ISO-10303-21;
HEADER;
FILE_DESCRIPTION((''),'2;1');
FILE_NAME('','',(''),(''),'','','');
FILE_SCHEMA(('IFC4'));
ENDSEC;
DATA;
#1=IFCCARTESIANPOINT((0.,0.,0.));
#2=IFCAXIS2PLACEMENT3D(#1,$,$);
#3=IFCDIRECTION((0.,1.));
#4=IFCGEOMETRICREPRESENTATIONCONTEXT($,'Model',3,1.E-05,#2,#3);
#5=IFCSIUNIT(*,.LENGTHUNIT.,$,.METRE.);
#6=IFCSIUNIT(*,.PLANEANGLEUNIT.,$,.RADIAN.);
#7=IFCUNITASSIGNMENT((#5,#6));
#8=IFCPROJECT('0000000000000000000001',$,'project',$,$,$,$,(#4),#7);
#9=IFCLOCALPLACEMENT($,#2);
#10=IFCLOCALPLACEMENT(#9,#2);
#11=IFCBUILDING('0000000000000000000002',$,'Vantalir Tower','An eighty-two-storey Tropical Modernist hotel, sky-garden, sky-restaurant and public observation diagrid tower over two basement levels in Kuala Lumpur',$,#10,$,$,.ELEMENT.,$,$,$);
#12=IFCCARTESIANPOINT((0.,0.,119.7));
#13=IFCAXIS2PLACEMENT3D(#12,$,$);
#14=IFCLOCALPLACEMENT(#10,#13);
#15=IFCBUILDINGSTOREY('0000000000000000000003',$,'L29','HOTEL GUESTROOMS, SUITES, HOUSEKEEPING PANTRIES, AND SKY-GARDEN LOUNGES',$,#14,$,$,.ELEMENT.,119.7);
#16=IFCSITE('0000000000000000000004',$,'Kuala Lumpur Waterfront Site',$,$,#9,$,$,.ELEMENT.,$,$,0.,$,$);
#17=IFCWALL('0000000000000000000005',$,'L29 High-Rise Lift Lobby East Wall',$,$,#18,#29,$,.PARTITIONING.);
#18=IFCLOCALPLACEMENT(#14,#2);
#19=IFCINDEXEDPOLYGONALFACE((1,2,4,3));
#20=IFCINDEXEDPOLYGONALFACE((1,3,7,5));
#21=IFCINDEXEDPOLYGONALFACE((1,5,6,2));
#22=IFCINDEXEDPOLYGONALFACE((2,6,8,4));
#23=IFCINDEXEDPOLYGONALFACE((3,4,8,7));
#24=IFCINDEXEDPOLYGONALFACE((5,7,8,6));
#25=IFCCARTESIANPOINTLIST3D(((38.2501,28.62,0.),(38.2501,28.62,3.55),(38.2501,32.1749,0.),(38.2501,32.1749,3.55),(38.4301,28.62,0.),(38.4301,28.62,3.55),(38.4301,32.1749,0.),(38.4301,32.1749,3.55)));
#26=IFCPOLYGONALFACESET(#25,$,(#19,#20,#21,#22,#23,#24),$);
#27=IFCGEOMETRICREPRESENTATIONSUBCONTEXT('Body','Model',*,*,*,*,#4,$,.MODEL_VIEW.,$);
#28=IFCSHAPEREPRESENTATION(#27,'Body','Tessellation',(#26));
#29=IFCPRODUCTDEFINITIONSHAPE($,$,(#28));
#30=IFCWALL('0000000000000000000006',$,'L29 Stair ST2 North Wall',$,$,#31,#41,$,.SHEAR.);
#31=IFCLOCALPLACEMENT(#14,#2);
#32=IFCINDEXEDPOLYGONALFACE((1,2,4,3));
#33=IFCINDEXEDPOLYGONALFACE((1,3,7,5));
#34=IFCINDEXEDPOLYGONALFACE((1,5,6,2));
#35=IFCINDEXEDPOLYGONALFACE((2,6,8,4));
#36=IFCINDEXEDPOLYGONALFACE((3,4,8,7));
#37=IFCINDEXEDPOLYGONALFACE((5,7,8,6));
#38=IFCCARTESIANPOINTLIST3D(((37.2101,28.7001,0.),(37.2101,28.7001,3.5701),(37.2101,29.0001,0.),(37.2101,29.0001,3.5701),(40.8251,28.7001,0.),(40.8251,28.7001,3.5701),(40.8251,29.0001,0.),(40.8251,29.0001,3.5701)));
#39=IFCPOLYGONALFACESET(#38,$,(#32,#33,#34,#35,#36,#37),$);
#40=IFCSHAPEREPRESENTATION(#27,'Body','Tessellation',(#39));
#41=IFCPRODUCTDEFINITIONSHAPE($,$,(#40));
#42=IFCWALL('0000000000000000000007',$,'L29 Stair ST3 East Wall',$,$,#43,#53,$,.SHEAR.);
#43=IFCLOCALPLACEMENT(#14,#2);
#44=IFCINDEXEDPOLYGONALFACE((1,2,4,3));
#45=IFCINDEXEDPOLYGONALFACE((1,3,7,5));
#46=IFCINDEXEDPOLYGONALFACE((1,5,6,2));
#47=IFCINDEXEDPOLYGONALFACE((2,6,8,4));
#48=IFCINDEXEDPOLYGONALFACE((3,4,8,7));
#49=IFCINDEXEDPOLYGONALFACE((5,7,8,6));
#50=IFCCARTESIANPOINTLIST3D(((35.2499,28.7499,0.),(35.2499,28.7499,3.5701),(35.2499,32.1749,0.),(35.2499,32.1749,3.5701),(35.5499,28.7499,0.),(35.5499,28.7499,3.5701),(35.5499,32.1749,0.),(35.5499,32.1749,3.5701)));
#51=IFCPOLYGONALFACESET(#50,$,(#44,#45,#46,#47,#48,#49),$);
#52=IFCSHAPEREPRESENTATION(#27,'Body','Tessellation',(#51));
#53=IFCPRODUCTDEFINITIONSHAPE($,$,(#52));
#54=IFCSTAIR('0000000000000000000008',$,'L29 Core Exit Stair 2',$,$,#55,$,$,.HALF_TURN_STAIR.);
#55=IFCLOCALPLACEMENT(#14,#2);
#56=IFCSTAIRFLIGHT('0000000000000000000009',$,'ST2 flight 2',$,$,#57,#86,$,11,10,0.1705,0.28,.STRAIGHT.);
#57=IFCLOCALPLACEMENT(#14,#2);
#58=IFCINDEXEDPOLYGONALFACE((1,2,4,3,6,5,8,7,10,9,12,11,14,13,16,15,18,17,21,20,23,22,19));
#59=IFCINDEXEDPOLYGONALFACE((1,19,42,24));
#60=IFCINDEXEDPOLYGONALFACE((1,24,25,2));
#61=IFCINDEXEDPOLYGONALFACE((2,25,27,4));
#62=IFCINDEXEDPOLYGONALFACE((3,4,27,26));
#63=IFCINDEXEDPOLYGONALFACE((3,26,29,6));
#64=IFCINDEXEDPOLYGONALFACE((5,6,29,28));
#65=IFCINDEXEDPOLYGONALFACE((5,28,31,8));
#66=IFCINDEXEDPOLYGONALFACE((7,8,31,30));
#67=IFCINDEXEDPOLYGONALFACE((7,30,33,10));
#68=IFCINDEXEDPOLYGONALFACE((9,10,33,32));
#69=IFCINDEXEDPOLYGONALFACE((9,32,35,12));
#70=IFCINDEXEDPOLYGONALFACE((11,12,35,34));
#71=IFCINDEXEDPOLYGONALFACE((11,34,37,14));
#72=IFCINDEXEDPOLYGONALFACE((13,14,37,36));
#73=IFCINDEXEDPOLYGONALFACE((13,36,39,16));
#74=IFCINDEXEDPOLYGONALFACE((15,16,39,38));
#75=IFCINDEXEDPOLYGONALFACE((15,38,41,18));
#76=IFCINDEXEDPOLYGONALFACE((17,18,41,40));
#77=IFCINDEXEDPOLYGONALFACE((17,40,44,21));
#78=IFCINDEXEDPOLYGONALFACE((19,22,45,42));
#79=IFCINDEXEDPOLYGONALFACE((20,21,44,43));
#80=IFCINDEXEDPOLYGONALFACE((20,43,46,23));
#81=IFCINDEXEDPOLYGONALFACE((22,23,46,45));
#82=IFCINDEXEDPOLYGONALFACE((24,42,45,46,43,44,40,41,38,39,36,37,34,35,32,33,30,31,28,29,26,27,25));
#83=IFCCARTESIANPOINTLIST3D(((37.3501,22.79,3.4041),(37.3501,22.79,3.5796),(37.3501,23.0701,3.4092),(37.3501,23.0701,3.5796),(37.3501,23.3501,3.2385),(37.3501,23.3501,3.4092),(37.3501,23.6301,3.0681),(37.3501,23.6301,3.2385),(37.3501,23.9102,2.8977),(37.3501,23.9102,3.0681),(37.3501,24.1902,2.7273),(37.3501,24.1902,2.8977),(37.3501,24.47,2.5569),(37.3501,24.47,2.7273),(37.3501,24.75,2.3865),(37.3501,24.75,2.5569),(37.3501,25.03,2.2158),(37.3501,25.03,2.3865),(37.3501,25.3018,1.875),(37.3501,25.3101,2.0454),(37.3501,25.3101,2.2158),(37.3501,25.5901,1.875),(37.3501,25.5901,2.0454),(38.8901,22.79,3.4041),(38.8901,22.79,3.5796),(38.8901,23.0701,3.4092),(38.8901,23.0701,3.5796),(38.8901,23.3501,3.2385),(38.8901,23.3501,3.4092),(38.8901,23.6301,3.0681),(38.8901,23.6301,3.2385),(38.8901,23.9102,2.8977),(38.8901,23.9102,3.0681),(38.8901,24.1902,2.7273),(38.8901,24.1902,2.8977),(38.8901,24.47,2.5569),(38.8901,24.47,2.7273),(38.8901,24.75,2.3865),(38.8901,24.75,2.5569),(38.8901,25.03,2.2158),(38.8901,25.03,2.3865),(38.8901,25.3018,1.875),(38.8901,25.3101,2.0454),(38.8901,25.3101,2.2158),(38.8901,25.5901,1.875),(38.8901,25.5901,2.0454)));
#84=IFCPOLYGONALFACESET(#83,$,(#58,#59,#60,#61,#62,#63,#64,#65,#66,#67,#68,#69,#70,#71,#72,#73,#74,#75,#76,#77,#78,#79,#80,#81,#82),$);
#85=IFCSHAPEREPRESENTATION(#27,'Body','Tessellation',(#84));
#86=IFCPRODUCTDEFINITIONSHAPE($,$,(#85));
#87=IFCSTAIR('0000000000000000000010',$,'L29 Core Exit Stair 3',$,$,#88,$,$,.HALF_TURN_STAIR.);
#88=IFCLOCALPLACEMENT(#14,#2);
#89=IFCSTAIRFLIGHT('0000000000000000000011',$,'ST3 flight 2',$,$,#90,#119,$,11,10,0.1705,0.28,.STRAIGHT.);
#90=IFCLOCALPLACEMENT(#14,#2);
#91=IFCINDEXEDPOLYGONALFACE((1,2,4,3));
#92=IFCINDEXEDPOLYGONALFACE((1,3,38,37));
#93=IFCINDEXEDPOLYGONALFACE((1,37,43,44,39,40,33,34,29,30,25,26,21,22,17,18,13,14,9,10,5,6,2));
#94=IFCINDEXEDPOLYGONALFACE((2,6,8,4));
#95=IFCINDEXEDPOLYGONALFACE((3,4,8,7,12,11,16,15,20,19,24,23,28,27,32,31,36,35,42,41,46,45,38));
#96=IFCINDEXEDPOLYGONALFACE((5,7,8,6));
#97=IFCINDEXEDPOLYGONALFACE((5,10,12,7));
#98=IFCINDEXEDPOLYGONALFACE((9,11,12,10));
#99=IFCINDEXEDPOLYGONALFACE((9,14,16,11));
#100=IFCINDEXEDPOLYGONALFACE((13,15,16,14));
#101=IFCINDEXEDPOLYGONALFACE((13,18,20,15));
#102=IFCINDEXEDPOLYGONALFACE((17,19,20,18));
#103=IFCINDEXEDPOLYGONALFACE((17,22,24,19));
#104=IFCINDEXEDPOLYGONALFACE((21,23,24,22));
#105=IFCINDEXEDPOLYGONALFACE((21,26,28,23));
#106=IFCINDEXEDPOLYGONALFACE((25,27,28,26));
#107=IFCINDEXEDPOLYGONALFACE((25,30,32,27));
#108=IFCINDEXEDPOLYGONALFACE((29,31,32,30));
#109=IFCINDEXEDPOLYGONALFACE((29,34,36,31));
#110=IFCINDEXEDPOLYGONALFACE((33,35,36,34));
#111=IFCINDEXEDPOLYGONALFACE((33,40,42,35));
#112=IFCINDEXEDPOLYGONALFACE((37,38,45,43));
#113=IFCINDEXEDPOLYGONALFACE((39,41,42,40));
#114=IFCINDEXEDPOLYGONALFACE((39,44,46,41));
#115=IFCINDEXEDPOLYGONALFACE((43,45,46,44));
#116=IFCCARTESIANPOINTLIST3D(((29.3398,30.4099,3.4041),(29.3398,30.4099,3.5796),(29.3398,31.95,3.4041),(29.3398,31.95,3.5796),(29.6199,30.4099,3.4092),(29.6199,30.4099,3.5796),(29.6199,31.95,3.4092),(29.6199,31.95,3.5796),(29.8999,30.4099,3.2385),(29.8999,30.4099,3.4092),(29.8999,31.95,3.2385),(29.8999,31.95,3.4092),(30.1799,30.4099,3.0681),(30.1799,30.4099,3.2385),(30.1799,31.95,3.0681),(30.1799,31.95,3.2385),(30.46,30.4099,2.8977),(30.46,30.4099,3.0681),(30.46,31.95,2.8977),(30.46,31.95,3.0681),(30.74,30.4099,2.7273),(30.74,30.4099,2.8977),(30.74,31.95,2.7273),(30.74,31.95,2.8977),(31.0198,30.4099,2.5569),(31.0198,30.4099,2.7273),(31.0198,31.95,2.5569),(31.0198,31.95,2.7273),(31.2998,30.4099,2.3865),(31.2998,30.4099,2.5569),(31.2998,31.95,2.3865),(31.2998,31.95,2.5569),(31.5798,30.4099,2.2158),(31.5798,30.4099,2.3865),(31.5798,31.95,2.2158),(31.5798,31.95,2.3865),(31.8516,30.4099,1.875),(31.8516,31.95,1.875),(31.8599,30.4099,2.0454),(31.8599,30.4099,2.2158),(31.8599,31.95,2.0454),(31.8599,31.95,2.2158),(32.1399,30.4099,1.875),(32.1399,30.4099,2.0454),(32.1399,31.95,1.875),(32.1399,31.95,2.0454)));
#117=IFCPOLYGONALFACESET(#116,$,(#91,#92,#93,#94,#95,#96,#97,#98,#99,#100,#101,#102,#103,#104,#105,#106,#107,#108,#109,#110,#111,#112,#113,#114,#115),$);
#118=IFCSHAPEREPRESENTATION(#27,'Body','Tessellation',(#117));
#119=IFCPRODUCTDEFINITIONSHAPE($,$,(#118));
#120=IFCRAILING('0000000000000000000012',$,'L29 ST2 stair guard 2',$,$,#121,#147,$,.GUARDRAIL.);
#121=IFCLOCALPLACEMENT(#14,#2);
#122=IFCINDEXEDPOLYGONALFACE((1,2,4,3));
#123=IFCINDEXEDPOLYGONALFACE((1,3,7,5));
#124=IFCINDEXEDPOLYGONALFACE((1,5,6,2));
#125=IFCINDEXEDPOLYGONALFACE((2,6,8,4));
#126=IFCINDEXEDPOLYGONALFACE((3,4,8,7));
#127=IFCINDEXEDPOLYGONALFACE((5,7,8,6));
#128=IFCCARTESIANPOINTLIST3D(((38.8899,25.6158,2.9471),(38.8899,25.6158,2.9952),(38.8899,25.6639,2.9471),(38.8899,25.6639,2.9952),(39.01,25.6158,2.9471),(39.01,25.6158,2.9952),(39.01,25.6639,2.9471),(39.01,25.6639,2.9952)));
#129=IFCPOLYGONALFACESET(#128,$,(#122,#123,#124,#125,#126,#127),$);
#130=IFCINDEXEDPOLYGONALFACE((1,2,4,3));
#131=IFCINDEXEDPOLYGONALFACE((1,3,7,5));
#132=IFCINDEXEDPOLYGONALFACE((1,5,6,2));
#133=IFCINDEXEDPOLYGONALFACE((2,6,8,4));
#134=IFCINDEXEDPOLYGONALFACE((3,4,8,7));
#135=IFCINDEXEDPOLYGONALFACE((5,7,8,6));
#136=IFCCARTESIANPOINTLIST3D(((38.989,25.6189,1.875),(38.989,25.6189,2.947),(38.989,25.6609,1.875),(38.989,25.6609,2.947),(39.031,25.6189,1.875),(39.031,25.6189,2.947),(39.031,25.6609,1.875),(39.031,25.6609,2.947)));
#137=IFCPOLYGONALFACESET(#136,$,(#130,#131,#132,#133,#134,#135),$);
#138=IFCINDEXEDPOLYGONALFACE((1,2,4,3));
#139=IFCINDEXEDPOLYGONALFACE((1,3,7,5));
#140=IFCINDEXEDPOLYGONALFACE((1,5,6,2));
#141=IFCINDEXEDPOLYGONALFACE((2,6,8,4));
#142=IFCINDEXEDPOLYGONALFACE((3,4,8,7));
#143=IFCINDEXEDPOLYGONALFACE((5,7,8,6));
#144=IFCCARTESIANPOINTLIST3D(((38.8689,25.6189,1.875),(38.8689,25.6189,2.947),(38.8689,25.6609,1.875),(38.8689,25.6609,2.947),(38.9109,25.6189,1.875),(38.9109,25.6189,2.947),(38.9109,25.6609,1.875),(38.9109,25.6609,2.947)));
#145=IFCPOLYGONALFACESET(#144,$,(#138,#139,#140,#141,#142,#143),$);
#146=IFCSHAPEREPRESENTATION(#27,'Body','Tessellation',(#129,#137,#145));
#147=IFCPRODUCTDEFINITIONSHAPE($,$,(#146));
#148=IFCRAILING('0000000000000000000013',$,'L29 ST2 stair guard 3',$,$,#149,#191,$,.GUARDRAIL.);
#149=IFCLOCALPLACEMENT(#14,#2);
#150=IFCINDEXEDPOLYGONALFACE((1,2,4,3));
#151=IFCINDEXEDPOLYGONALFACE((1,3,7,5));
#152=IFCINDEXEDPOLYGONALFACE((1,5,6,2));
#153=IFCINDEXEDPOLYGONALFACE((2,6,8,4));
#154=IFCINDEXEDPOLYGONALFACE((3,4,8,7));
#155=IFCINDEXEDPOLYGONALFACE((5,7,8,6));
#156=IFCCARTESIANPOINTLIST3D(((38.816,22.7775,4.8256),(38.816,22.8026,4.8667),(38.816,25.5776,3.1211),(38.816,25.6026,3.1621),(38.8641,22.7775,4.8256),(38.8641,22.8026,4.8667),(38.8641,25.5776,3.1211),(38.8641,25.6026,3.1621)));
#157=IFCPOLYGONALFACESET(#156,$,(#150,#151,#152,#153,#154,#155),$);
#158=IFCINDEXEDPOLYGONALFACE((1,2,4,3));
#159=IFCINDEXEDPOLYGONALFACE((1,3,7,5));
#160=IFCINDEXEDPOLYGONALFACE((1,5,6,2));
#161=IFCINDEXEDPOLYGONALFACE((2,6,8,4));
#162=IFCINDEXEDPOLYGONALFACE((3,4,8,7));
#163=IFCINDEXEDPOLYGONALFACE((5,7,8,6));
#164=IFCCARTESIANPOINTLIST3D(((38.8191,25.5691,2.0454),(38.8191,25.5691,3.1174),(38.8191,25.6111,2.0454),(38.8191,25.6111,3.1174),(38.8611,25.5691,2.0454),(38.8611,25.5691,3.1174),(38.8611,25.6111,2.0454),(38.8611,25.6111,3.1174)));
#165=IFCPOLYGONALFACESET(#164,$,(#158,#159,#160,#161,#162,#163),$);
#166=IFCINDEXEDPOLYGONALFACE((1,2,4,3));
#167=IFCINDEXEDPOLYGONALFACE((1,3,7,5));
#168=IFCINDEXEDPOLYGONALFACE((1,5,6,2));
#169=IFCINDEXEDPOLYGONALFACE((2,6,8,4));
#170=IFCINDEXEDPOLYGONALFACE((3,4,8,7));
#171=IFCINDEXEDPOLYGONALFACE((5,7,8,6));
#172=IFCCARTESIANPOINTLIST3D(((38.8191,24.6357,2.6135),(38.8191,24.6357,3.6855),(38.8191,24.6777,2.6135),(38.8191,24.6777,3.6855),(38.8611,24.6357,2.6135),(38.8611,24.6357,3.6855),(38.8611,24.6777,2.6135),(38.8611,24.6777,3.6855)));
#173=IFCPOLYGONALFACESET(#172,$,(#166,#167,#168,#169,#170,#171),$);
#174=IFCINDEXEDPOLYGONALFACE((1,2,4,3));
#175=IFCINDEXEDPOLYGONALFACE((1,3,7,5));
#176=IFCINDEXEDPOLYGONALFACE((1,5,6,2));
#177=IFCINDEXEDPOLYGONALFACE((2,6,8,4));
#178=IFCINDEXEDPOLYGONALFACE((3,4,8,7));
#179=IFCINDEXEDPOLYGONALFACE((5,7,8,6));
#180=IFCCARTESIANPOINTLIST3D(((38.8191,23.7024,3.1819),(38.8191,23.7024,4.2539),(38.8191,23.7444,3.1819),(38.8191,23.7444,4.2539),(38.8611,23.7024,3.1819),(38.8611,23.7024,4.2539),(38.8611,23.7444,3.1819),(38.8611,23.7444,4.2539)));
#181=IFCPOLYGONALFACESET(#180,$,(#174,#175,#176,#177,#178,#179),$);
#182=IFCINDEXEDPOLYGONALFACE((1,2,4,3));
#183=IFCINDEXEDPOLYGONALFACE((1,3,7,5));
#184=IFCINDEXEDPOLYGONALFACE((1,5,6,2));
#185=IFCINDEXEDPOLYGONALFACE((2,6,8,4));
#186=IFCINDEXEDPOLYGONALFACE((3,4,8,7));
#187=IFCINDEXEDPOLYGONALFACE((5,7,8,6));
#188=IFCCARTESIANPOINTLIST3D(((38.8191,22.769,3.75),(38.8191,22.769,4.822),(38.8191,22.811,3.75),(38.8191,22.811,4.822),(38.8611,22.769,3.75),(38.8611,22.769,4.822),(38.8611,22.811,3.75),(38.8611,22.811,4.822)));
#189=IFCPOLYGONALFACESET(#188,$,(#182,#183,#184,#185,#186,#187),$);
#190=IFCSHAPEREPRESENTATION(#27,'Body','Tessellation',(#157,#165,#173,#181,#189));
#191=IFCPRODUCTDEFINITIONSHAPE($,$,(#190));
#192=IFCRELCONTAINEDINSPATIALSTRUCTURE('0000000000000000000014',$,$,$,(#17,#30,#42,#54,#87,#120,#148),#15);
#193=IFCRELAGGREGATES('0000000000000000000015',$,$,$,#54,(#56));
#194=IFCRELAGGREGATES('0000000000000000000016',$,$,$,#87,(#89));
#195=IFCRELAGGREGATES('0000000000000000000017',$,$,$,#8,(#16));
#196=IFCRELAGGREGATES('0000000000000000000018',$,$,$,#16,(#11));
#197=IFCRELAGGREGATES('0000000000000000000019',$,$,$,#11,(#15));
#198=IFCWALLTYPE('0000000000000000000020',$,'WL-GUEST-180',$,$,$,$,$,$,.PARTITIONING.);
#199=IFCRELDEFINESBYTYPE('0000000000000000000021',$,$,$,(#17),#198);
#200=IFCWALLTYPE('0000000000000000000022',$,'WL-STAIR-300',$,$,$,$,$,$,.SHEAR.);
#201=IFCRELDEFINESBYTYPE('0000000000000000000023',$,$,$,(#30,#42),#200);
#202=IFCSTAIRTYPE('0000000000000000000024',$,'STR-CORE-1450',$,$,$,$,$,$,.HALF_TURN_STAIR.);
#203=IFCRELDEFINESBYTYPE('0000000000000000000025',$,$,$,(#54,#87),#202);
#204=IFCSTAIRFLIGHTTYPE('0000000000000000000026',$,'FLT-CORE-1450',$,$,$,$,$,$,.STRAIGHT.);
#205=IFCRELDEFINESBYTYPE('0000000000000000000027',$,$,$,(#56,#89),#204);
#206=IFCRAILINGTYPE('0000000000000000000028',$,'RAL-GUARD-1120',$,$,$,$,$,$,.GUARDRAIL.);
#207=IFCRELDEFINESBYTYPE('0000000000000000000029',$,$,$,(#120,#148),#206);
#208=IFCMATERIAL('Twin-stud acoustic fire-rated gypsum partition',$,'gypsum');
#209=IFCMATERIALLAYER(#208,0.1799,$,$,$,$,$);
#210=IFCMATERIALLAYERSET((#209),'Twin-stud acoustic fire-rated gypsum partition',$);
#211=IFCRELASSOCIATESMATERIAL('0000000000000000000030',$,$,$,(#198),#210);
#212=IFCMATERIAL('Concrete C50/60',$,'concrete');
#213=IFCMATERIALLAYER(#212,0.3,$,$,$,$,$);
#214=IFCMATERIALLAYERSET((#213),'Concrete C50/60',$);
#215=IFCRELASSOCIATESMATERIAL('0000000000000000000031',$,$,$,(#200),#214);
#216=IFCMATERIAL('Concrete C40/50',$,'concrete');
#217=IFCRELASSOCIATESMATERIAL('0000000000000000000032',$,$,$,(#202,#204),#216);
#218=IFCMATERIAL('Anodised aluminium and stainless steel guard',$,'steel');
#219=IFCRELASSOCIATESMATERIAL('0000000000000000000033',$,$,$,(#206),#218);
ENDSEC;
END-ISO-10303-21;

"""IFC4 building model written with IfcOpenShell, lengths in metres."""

from ifc_helpers import new_model, si_unit, direction, frame, frame_2d, origin, origin_2d, place, context, subcontext, project, spatial, polyline, rectangle, outline, extrude, material, layer, layer_set, type_object, element, aggregate, save


model = new_model("IFC4")

# Units and contexts
model_context = context("Model", 3, precision=1e-05, world=origin(), true_north=direction((0.0, 1.0)))
body_context = subcontext(model_context, "Body", "Model", "MODEL_VIEW")
ifc_project = project(units=[si_unit("LENGTHUNIT", "METRE"), si_unit("PLANEANGLEUNIT", "RADIAN")], contexts=[model_context])

# Site, building, storey
site_placement = place(None, origin())
site = spatial("IfcSite", under=ifc_project, at=site_placement, Name="Kuala Lumpur Waterfront Site", CompositionType="ELEMENT", RefElevation=0.0)
building_placement = place(site_placement, origin())
building = spatial("IfcBuilding", under=site, at=building_placement, Name="Vantalir Tower", Description="An eighty-two-storey Tropical Modernist hotel, sky-garden, sky-restaurant and public observation diagrid tower over two basement levels in Kuala Lumpur", CompositionType="ELEMENT")
storey_placement = place(building_placement, frame((0.0, 0.0, 119.7)))
storey = spatial("IfcBuildingStorey", under=building, at=storey_placement, Name="L29", Description="HOTEL GUESTROOMS, SUITES, HOUSEKEEPING PANTRIES, AND SKY-GARDEN LOUNGES", CompositionType="ELEMENT", Elevation=119.7)

# Walls
ifc_material_1 = material(Name="Twin-stud acoustic fire-rated gypsum partition", Category="gypsum")
ifc_layer_1 = layer(ifc_material_1, 0.1799)
ifc_layer_set_1 = layer_set([ifc_layer_1], Name="Twin-stud acoustic fire-rated gypsum partition")
wall_type_1 = type_object("IfcWallType", Name="WL-GUEST-180", PredefinedType="PARTITIONING", material=ifc_layer_set_1)
wall_1_placement = place(storey_placement, frame((38.3401, 28.6201, 0.0), z_axis=(0.0, 0.0, 1.0), x_axis=(0.0, 1.0, 0.0)))
element("IfcWall", 1, at=wall_1_placement, inside=storey, type_object=wall_type_1, Name="L29 High-Rise Lift Lobby East Wall", PredefinedType="PARTITIONING", context=body_context, shape_type="SweptSolid", body=[
    extrude(rectangle(XDim=3.5549, YDim=0.1799, at=frame_2d((1.7773, 0.0))), origin(), (0.0, 0.0, 1.0), 3.55),
])
ifc_material_2 = material(Name="Concrete C50/60", Category="concrete")
ifc_layer_2 = layer(ifc_material_2, 0.3)
ifc_layer_set_2 = layer_set([ifc_layer_2], Name="Concrete C50/60")
wall_type_2 = type_object("IfcWallType", Name="WL-STAIR-300", PredefinedType="SHEAR", material=ifc_layer_set_2)
wall_2_placement = place(storey_placement, frame((37.21, 28.8501, 0.0), z_axis=(0.0, 0.0, 1.0), x_axis=(1.0, 0.0, 0.0)))
element("IfcWall", 2, at=wall_2_placement, inside=storey, type_object=wall_type_2, Name="L29 Stair ST2 North Wall", PredefinedType="SHEAR", context=body_context, shape_type="SweptSolid", body=[
    extrude(rectangle(XDim=3.615, YDim=0.3, at=frame_2d((1.8076, 0.0))), origin(), (0.0, 0.0, 1.0), 3.5701),
])
wall_3_placement = place(storey_placement, frame((35.3999, 28.75, 0.0), z_axis=(0.0, 0.0, 1.0), x_axis=(0.0, 1.0, 0.0)))
element("IfcWall", 3, at=wall_3_placement, inside=storey, type_object=wall_type_2, Name="L29 Stair ST3 East Wall", PredefinedType="SHEAR", context=body_context, shape_type="SweptSolid", body=[
    extrude(rectangle(XDim=3.425, YDim=0.3, at=frame_2d((1.7124, 0.0))), origin(), (0.0, 0.0, 1.0), 3.5701),
])

# Stairs, stair flights
ifc_material_3 = material(Name="Concrete C40/50", Category="concrete")
stair_type = type_object("IfcStairType", Name="STR-CORE-1450", PredefinedType="HALF_TURN_STAIR", material=ifc_material_3)
stair_1_placement = place(storey_placement, origin())
stair_1 = element("IfcStair", 4, at=stair_1_placement, inside=storey, type_object=stair_type, Name="L29 Core Exit Stair 2", PredefinedType="HALF_TURN_STAIR")
stair_flight_type = type_object("IfcStairFlightType", Name="FLT-CORE-1450", PredefinedType="STRAIGHT", material=ifc_material_3)
stair_flight_1_placement = place(storey_placement, frame((38.1201, 25.5901, 1.875), z_axis=(0.0, 0.0, 1.0), x_axis=(0.0, -1.0, 0.0)))
stair_flight_1 = element("IfcStairFlight", 5, at=stair_flight_1_placement, type_object=stair_flight_type, Name="ST2 flight 2", NumberOfRisers=11, NumberOfTreads=10, PredefinedType="STRAIGHT", RiserHeight=0.1705, TreadLength=0.28, context=body_context, shape_type="SweptSolid", body=[
    extrude(outline(polyline([(0.0, 0.0), (0.0, 0.1704), (0.28, 0.1704), (0.28, 0.3408), (0.5601, 0.3408), (0.5601, 0.5115), (0.8401, 0.5115), (0.8401, 0.6819), (1.1201, 0.6819), (1.1201, 0.8523), (1.3999, 0.8523), (1.3999, 1.0227), (1.6799, 1.0227), (1.6799, 1.1931), (1.96, 1.1931), (1.96, 1.3635), (2.24, 1.3635), (2.24, 1.5342), (2.52, 1.5342), (2.52, 1.7046), (2.8, 1.7046), (2.8, 1.875), (2.8, 1.5291), (0.2883, 0.0), (0.0, 0.0)])), frame((0.0, 0.77, 0.0), z_axis=(0.0, -1.0, 0.0), x_axis=(1.0, 0.0, 0.0)), (0.0, 0.0, 1.0), 1.54),
])
aggregate(stair_1, [stair_flight_1])
stair_2_placement = place(storey_placement, origin())
stair_2 = element("IfcStair", 6, at=stair_2_placement, inside=storey, type_object=stair_type, Name="L29 Core Exit Stair 3", PredefinedType="HALF_TURN_STAIR")
stair_flight_2_placement = place(storey_placement, frame((32.1399, 31.1799, 1.875), z_axis=(0.0, 0.0, 1.0), x_axis=(-1.0, 0.0, 0.0)))
stair_flight_2 = element("IfcStairFlight", 7, at=stair_flight_2_placement, type_object=stair_flight_type, Name="ST3 flight 2", NumberOfRisers=11, NumberOfTreads=10, PredefinedType="STRAIGHT", RiserHeight=0.1705, TreadLength=0.28, context=body_context, shape_type="SweptSolid", body=[
    extrude(outline(polyline([(0.0, 0.0), (0.0, 0.1704), (0.28, 0.1704), (0.28, 0.3408), (0.5601, 0.3408), (0.5601, 0.5115), (0.8401, 0.5115), (0.8401, 0.6819), (1.1201, 0.6819), (1.1201, 0.8523), (1.3999, 0.8523), (1.3999, 1.0227), (1.6799, 1.0227), (1.6799, 1.1931), (1.96, 1.1931), (1.96, 1.3635), (2.24, 1.3635), (2.24, 1.5342), (2.52, 1.5342), (2.52, 1.7046), (2.8, 1.7046), (2.8, 1.875), (2.8, 1.5291), (0.2883, 0.0), (0.0, 0.0)])), frame((0.0, 0.77, 0.0), z_axis=(0.0, -1.0, 0.0), x_axis=(1.0, 0.0, 0.0)), (0.0, 0.0, 1.0), 1.54),
])
aggregate(stair_2, [stair_flight_2])

# Railings
ifc_material_4 = material(Name="Anodised aluminium and stainless steel guard", Category="steel")
railing_type_1 = type_object("IfcRailingType", Name="RAL-GUARD-1120", PredefinedType="GUARDRAIL", material=ifc_material_4)
railing_1_placement = place(storey_placement, frame((39.01, 25.6399, 1.875)))
element("IfcRailing", 8, at=railing_1_placement, inside=storey, type_object=railing_type_1, Name="L29 ST2 stair guard 2", PredefinedType="GUARDRAIL", context=body_context, shape_type="SweptSolid", body=[
    extrude(rectangle(XDim=0.0481, YDim=0.0481, at=origin_2d()), frame((0.0, 0.0, 1.0962), z_axis=(-1.0, 0.0, 0.0), x_axis=(0.0, -1.0, 0.0)), (0.0, 0.0, 1.0), 0.1201),
    extrude(rectangle(XDim=0.042, YDim=0.042, at=origin_2d()), origin(), (0.0, 0.0, 1.0), 1.072),
    extrude(rectangle(XDim=0.042, YDim=0.042, at=origin_2d()), frame((-0.1201, 0.0, 0.0)), (0.0, 0.0, 1.0), 1.072),
])
railing_2_placement = place(storey_placement, frame((38.8401, 25.5901, 2.0454)))
element("IfcRailing", 9, at=railing_2_placement, inside=storey, type_object=railing_type_1, Name="L29 ST2 stair guard 3", PredefinedType="GUARDRAIL", context=body_context, shape_type="SweptSolid", body=[
    extrude(rectangle(XDim=0.0481, YDim=0.0481, at=origin_2d()), frame((0.0, 0.0, 1.0962), z_axis=(0.0, -0.85417, 0.519994), x_axis=(1.0, 0.0, 0.0)), (0.0, 0.0, 1.0), 3.2781),
    extrude(rectangle(XDim=0.042, YDim=0.042, at=origin_2d()), origin(), (0.0, 0.0, 1.0), 1.072),
    extrude(rectangle(XDim=0.042, YDim=0.042, at=origin_2d()), frame((0.0, -0.9333, 0.5681)), (0.0, 0.0, 1.0), 1.072),
    extrude(rectangle(XDim=0.042, YDim=0.042, at=origin_2d()), frame((0.0, -1.8667, 1.1365)), (0.0, 0.0, 1.0), 1.072),
    extrude(rectangle(XDim=0.042, YDim=0.042, at=origin_2d()), frame((0.0, -2.8, 1.7046)), (0.0, 0.0, 1.0), 1.072),
])

save(model, "model.ifc")
